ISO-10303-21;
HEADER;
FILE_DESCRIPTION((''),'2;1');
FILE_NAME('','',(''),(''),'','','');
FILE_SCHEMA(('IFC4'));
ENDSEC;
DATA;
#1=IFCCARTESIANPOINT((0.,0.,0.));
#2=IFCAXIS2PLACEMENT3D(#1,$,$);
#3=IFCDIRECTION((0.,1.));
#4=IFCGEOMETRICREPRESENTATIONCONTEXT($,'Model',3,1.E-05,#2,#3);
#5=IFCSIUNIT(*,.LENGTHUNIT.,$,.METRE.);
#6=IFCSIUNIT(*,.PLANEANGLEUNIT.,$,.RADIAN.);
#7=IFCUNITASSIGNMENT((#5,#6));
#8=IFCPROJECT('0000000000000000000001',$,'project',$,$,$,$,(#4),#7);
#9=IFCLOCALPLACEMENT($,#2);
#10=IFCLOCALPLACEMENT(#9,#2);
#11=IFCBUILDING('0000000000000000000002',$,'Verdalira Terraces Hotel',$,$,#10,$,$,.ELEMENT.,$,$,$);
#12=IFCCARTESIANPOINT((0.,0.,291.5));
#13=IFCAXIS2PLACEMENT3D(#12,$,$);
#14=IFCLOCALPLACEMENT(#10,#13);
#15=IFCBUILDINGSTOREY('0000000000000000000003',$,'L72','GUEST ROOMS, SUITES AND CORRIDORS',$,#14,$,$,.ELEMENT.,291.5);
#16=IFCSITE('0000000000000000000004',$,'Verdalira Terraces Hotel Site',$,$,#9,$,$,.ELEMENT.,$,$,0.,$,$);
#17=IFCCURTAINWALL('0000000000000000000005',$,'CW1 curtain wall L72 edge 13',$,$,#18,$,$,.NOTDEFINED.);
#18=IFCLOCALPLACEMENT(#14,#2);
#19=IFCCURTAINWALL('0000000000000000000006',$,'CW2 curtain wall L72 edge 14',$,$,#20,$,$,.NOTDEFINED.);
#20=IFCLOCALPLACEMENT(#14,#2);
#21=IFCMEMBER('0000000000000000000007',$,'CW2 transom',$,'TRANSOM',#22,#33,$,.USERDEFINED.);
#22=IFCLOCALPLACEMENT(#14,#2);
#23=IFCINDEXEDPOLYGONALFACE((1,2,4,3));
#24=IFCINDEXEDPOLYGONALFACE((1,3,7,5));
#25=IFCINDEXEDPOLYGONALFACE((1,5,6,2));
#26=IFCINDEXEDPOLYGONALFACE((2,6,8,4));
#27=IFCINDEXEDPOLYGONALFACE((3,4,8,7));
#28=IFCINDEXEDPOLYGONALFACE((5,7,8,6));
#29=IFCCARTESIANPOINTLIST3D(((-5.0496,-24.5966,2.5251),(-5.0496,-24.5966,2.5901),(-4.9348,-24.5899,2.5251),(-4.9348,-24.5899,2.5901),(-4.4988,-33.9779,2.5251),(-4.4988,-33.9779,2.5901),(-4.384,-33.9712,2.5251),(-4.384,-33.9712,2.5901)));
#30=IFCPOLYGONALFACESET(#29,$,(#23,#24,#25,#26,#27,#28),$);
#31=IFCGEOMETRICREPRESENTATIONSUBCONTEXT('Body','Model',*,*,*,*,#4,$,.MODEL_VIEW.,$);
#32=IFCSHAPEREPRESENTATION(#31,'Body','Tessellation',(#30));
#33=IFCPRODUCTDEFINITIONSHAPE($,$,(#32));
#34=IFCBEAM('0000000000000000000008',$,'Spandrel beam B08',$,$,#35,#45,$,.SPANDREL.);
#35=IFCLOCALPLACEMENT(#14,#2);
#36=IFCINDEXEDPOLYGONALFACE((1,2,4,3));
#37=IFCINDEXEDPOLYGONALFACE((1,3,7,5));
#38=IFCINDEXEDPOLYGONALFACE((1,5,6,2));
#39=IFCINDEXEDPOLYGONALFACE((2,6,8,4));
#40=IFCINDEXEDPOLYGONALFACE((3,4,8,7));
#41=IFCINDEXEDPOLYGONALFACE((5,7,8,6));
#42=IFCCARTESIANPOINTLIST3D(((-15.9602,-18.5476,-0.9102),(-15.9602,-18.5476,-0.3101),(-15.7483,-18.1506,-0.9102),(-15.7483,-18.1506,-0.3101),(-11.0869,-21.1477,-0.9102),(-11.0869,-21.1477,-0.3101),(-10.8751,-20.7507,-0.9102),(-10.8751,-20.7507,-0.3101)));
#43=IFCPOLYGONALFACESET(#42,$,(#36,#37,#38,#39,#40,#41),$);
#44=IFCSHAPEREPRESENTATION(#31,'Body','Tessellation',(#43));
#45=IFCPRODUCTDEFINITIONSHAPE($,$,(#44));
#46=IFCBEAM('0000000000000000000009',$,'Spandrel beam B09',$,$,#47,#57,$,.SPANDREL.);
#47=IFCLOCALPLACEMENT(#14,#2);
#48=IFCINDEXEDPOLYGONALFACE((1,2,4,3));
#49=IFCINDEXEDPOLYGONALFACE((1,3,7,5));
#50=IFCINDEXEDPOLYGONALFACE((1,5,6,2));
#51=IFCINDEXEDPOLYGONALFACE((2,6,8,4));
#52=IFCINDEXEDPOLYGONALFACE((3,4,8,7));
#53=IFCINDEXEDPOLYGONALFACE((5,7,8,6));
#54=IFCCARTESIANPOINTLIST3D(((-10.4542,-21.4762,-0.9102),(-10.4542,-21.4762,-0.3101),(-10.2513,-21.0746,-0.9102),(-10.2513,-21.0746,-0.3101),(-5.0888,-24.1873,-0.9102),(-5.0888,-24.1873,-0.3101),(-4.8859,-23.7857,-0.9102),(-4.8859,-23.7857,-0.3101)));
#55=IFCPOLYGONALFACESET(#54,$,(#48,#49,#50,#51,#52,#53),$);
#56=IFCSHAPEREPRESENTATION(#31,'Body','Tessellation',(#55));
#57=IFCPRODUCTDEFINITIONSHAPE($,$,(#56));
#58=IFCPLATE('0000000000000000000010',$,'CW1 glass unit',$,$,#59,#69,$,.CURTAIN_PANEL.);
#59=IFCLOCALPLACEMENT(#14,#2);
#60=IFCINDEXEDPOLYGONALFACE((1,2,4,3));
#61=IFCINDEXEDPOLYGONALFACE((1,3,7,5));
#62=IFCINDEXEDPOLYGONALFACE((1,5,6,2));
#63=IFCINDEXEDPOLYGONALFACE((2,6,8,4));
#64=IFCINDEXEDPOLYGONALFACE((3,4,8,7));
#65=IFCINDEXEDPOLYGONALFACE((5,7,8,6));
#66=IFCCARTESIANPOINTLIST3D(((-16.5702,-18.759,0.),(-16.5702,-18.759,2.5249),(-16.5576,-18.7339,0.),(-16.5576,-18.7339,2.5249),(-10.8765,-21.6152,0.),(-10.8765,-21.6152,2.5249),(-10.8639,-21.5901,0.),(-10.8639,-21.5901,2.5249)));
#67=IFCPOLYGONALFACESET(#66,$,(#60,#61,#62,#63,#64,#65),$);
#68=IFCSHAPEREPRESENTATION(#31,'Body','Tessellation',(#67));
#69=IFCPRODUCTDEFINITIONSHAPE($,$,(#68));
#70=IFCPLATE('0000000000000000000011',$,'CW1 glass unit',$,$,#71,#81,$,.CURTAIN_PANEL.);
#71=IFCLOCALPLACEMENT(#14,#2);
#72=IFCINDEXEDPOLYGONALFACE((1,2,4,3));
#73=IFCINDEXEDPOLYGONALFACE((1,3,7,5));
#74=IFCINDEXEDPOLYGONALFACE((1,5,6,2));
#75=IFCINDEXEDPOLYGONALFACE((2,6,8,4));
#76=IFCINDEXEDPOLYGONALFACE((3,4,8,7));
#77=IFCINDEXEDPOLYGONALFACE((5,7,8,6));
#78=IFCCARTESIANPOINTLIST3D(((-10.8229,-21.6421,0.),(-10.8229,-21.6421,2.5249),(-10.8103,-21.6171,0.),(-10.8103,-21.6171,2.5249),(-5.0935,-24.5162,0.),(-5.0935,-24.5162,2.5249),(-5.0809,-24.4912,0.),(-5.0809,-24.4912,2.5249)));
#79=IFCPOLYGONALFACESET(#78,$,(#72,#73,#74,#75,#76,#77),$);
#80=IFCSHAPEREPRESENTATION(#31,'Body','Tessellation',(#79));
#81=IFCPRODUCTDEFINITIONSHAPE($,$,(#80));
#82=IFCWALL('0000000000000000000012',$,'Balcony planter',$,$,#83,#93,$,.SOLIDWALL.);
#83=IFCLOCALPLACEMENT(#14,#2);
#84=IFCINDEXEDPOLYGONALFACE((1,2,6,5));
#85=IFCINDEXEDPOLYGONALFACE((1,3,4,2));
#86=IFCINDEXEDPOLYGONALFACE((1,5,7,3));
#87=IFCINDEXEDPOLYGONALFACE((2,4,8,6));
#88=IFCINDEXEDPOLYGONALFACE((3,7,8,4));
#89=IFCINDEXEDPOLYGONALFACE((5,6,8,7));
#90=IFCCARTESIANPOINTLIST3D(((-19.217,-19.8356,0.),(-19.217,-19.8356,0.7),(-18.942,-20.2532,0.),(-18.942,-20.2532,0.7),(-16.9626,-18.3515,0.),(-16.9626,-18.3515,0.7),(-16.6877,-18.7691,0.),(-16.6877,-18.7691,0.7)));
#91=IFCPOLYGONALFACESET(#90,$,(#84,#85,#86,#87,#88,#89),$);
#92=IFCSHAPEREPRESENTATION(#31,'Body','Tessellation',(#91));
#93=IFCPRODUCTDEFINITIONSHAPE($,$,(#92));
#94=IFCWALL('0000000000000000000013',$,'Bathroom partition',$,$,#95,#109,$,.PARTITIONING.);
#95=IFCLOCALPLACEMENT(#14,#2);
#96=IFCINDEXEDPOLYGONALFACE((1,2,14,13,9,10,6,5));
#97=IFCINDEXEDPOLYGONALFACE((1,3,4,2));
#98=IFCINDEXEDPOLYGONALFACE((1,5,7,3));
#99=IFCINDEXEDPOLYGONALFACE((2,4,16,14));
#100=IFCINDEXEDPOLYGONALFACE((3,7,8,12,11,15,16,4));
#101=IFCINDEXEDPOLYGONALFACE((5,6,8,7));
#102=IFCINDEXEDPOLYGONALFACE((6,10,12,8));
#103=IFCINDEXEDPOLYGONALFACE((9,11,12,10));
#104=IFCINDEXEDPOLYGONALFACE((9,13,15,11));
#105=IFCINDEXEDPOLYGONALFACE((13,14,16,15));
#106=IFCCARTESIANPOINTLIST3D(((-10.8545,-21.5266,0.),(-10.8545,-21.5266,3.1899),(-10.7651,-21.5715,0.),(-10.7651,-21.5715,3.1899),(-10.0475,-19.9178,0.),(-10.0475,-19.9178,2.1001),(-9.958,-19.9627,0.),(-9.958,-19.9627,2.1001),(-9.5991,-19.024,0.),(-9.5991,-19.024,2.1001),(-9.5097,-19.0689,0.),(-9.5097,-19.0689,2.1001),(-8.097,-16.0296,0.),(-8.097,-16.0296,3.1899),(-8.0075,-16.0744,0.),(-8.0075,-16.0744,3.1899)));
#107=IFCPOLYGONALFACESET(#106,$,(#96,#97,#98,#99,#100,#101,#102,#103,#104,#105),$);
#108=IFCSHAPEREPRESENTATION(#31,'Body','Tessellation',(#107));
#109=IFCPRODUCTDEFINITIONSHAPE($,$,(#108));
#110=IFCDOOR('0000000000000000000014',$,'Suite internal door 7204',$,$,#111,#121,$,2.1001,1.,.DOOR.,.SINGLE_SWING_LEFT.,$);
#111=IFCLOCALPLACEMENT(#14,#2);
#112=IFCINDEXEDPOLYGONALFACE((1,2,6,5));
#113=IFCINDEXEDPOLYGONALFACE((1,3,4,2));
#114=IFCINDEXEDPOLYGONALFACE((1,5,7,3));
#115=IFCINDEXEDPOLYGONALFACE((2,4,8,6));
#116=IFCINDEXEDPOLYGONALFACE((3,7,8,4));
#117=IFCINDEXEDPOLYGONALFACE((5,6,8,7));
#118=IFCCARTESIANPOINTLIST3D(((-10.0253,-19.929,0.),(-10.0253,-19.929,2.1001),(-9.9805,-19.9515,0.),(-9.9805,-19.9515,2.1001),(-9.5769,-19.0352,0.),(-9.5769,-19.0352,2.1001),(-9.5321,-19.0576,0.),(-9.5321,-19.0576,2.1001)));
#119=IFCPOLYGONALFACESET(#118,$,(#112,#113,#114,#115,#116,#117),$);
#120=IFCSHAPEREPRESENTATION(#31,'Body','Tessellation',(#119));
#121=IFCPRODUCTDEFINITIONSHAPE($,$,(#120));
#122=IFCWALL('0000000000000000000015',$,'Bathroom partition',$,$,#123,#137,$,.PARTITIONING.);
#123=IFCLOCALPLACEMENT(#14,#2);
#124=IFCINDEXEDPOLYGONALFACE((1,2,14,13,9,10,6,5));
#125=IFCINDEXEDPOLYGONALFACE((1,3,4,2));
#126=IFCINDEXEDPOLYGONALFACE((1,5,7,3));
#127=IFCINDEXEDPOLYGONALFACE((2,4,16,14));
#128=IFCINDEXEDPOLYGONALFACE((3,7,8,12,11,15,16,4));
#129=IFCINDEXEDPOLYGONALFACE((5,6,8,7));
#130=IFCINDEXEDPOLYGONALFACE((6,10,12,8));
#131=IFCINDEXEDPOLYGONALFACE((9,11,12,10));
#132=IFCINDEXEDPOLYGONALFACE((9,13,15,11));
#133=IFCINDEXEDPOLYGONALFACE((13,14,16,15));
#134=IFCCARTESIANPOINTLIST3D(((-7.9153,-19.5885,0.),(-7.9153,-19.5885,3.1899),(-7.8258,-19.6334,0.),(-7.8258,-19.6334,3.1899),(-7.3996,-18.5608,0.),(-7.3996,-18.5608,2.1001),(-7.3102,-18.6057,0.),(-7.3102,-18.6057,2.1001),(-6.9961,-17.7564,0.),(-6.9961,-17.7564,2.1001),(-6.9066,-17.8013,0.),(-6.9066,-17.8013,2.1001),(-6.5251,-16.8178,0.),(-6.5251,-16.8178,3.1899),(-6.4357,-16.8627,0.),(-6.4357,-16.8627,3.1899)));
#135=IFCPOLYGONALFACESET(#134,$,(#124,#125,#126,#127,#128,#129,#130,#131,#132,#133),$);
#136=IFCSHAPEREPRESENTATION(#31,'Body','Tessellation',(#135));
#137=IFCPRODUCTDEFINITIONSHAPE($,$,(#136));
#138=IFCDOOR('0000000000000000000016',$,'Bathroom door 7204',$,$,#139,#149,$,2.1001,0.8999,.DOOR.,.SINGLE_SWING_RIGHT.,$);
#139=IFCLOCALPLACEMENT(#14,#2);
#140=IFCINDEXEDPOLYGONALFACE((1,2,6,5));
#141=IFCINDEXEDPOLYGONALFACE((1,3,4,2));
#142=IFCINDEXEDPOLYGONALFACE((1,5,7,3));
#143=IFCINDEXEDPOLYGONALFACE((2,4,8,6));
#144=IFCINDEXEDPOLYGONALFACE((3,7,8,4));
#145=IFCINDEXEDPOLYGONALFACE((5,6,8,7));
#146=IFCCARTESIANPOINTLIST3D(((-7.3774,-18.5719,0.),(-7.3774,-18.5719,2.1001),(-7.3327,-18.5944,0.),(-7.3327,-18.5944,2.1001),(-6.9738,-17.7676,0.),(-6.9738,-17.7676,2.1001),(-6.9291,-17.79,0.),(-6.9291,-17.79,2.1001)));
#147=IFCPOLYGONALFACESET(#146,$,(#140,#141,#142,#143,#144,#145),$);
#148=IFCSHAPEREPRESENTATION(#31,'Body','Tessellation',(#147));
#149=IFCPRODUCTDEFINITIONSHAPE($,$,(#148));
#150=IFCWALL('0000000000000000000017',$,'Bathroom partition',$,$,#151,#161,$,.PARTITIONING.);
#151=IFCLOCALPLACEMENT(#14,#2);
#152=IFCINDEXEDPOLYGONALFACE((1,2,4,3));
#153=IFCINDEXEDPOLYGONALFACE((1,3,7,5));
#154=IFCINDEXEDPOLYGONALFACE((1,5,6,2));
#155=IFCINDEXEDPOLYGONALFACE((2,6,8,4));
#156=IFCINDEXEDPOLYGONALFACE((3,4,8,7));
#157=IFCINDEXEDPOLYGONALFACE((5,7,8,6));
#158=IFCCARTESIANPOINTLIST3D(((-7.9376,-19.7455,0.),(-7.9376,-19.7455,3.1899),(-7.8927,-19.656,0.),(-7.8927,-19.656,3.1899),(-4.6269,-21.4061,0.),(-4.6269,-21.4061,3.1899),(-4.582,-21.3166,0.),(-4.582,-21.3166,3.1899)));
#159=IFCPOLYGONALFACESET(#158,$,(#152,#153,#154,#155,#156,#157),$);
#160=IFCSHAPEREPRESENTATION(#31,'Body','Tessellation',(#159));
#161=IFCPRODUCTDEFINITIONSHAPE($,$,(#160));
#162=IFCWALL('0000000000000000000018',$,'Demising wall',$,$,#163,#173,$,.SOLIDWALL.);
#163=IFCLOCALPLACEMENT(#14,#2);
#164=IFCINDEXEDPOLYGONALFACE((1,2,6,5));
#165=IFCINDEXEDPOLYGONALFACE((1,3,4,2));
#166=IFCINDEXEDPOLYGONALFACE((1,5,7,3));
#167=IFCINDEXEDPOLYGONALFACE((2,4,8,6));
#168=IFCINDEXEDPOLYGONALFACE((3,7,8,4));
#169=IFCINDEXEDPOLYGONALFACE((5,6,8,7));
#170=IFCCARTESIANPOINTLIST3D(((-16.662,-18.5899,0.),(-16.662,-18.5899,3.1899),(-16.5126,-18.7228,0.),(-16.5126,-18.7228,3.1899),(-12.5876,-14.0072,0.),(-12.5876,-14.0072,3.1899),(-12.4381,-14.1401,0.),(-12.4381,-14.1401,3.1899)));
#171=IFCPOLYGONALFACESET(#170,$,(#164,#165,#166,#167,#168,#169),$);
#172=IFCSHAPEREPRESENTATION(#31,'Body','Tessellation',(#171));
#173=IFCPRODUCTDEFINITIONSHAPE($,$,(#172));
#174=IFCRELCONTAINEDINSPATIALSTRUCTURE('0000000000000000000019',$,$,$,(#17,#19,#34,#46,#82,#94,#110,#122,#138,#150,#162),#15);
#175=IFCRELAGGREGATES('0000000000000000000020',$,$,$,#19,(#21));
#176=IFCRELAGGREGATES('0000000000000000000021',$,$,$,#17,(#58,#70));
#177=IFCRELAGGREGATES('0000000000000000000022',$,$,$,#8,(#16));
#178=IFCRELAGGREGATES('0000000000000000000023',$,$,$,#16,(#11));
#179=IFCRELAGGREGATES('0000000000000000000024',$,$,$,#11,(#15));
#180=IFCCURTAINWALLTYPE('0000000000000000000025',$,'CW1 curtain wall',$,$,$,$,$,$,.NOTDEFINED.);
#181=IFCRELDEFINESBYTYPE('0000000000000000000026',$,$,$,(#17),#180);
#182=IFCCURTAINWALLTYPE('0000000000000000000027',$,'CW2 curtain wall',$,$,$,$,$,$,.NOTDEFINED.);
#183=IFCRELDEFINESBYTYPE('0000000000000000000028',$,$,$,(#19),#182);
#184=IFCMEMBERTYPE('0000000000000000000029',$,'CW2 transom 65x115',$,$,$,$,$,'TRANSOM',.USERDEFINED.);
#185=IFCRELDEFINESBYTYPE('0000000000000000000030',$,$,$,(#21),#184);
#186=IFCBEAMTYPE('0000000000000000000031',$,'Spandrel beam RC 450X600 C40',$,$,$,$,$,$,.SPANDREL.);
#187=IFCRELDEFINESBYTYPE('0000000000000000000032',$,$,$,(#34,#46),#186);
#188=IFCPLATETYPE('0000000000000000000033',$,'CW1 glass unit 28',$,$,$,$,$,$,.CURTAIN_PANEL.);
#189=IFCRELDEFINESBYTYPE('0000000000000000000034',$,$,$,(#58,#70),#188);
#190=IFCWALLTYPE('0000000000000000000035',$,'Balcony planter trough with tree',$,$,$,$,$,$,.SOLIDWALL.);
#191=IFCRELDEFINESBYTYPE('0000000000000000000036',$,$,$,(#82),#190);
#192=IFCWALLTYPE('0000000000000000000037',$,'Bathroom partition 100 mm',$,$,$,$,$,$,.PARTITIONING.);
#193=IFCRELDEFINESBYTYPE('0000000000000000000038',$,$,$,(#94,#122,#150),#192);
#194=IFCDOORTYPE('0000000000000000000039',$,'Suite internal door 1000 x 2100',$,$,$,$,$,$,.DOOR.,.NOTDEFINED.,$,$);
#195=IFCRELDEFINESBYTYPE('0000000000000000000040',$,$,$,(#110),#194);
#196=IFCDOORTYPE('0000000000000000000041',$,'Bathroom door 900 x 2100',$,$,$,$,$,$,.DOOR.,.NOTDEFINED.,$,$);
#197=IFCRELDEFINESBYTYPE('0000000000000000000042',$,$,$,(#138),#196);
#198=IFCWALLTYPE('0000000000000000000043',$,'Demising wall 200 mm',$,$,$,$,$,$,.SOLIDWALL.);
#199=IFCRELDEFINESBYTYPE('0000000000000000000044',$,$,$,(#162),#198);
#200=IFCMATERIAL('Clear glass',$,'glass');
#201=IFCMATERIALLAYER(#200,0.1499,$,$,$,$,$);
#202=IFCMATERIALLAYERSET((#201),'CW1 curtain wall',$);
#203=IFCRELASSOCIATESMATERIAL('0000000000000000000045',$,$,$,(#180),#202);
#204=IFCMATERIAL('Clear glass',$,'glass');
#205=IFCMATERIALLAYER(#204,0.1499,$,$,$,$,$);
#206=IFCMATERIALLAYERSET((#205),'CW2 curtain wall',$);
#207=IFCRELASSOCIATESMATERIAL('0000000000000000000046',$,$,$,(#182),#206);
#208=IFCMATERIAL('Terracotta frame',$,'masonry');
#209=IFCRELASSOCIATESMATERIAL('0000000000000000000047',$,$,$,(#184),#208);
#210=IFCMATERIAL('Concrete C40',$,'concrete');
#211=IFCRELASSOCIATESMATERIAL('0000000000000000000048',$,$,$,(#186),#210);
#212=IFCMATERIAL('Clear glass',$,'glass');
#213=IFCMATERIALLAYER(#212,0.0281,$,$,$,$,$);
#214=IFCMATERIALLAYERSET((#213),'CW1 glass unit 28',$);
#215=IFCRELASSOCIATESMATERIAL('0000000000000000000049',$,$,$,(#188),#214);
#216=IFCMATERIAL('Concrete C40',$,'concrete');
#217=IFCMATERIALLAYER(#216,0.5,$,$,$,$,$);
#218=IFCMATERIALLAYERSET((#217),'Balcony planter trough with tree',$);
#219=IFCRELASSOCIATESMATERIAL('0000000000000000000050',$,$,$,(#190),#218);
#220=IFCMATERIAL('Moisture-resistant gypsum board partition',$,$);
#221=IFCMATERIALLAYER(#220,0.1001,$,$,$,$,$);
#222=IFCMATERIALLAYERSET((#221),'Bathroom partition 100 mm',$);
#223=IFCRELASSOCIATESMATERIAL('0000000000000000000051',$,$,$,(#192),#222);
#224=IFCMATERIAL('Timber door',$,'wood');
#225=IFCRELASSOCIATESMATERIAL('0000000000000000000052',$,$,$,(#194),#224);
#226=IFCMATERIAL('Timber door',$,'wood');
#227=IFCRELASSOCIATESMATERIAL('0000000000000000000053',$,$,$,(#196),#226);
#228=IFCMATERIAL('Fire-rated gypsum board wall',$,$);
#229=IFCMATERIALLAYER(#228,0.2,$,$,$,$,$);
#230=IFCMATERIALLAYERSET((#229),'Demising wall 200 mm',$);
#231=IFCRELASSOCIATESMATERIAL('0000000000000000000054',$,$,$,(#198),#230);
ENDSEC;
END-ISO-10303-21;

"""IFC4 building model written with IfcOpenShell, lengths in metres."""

from ifc_helpers import new_model, si_unit, direction, frame, frame_2d, origin, origin_2d, place, context, subcontext, project, spatial, rectangle, extrude, material, layer, layer_set, material_profile, profile_set, type_object, element, fill, aggregate, save


model = new_model("IFC4")

# Units and contexts
model_context = context("Model", 3, precision=1e-05, world=origin(), true_north=direction((0.0, 1.0)))
body_context = subcontext(model_context, "Body", "Model", "MODEL_VIEW")
ifc_project = project(units=[si_unit("LENGTHUNIT", "METRE"), si_unit("PLANEANGLEUNIT", "RADIAN")], contexts=[model_context])

# Site, building, storey
site_placement = place(None, origin())
site = spatial("IfcSite", under=ifc_project, at=site_placement, Name="Verdalira Terraces Hotel Site", CompositionType="ELEMENT", RefElevation=0.0)
building_placement = place(site_placement, origin())
building = spatial("IfcBuilding", under=site, at=building_placement, Name="Verdalira Terraces Hotel", CompositionType="ELEMENT")
storey_placement = place(building_placement, frame((0.0, 0.0, 291.5)))
storey = spatial("IfcBuildingStorey", under=building, at=storey_placement, Name="L72", Description="GUEST ROOMS, SUITES AND CORRIDORS", CompositionType="ELEMENT", Elevation=291.5)

# Shared definitions
ifc_material_1 = material(Name="Clear glass", Category="glass")
ifc_layer_1 = layer(ifc_material_1, 0.1499)
ifc_layer_set_1 = layer_set([ifc_layer_1], Name="CW1 curtain wall")
curtain_wall_type_1 = type_object("IfcCurtainWallType", Name="CW1 curtain wall", PredefinedType="NOTDEFINED", material=ifc_layer_set_1)

# Curtain walls, member
curtain_wall_1_placement = place(storey_placement, origin())
curtain_wall_1 = element("IfcCurtainWall", 1, at=curtain_wall_1_placement, inside=storey, type_object=curtain_wall_type_1, Name="CW1 curtain wall L72 edge 13", PredefinedType="NOTDEFINED")
ifc_material_2 = material(Name="Clear glass", Category="glass")
ifc_layer_2 = layer(ifc_material_2, 0.1499)
ifc_layer_set_2 = layer_set([ifc_layer_2], Name="CW2 curtain wall")
curtain_wall_type_2 = type_object("IfcCurtainWallType", Name="CW2 curtain wall", PredefinedType="NOTDEFINED", material=ifc_layer_set_2)
curtain_wall_2_placement = place(storey_placement, origin())
curtain_wall_2 = element("IfcCurtainWall", 2, at=curtain_wall_2_placement, inside=storey, type_object=curtain_wall_type_2, Name="CW2 curtain wall L72 edge 14", PredefinedType="NOTDEFINED")
ifc_material_3 = material(Name="Terracotta frame", Category="masonry")
ifc_material_profile_1 = material_profile(ifc_material_3, rectangle(XDim=0.115, YDim=0.0649, at=origin_2d()), Name="TR 65x115")
ifc_profile_set_1 = profile_set([ifc_material_profile_1], Name="Terracotta frame")
member_type_1 = type_object("IfcMemberType", Name="CW2 transom 65x115", ElementType="TRANSOM", PredefinedType="USERDEFINED", material=ifc_profile_set_1)
member_1_placement = place(storey_placement, frame((-4.9922, -24.5933, 2.5576), z_axis=(0.058609, -0.998281, 0.0), x_axis=(0.998281, 0.058609, 0.0)))
member_1 = element("IfcMember", 3, at=member_1_placement, type_object=member_type_1, Name="CW2 transom", ObjectType="TRANSOM", PredefinedType="USERDEFINED", context=body_context, shape_type="SweptSolid", body=[
    extrude(rectangle(XDim=0.115, YDim=0.0649, at=origin_2d()), origin(), (0.0, 0.0, 1.0), 9.3975),
])
aggregate(curtain_wall_2, [member_1])

# Beams
ifc_material_4 = material(Name="Concrete C40", Category="concrete")
ifc_material_profile_2 = material_profile(ifc_material_4, rectangle(XDim=0.45, YDim=0.6001, at=origin_2d()), Name="RC 450X600")
ifc_profile_set_2 = profile_set([ifc_material_profile_2], Name="Concrete C40")
beam_type_1 = type_object("IfcBeamType", Name="Spandrel beam RC 450X600 C40", PredefinedType="SPANDREL", material=ifc_profile_set_2)
beam_1_placement = place(storey_placement, frame((-15.8542, -18.3491, -0.6101), z_axis=(0.882277, -0.47073, 0.0), x_axis=(0.47073, 0.882277, 0.0)))
element("IfcBeam", 4, at=beam_1_placement, inside=storey, type_object=beam_type_1, Name="Spandrel beam B08", PredefinedType="SPANDREL", context=body_context, shape_type="SweptSolid", body=[
    extrude(rectangle(XDim=0.45, YDim=0.6001, at=origin_2d()), origin(), (0.0, 0.0, 1.0), 5.5234),
])
beam_2_placement = place(storey_placement, frame((-10.3528, -21.2754, -0.6101), z_axis=(0.892527, -0.450995, 0.0), x_axis=(0.450995, 0.892527, 0.0)))
element("IfcBeam", 5, at=beam_2_placement, inside=storey, type_object=beam_type_1, Name="Spandrel beam B09", PredefinedType="SPANDREL", context=body_context, shape_type="SweptSolid", body=[
    extrude(rectangle(XDim=0.45, YDim=0.6001, at=origin_2d()), origin(), (0.0, 0.0, 1.0), 6.0115),
])

# Plates
ifc_material_5 = material(Name="Clear glass", Category="glass")
ifc_layer_3 = layer(ifc_material_5, 0.0281)
ifc_layer_set_3 = layer_set([ifc_layer_3], Name="CW1 glass unit 28")
plate_type = type_object("IfcPlateType", Name="CW1 glass unit 28", PredefinedType="CURTAIN_PANEL", material=ifc_layer_set_3)
plate_1_placement = place(storey_placement, frame((-13.717, -20.1746, 0.0), z_axis=(0.0, 0.0, 1.0), x_axis=(0.893841, -0.448383, 0.0)))
plate_1 = element("IfcPlate", 6, at=plate_1_placement, type_object=plate_type, Name="CW1 glass unit", PredefinedType="CURTAIN_PANEL", context=body_context, shape_type="SweptSolid", body=[
    extrude(rectangle(XDim=6.3699, YDim=0.0281, at=origin_2d()), origin(), (0.0, 0.0, 1.0), 2.5249),
])
plate_2_placement = place(storey_placement, frame((-7.9519, -23.0666, 0.0), z_axis=(0.0, 0.0, 1.0), x_axis=(0.893841, -0.448383, 0.0)))
plate_2 = element("IfcPlate", 7, at=plate_2_placement, type_object=plate_type, Name="CW1 glass unit", PredefinedType="CURTAIN_PANEL", context=body_context, shape_type="SweptSolid", body=[
    extrude(rectangle(XDim=6.4099, YDim=0.0281, at=origin_2d()), origin(), (0.0, 0.0, 1.0), 2.5249),
])
aggregate(curtain_wall_1, [plate_1, plate_2])

# Wall
ifc_material_6 = material(Name="Concrete C40", Category="concrete")
ifc_layer_4 = layer(ifc_material_6, 0.5)
ifc_layer_set_4 = layer_set([ifc_layer_4], Name="Balcony planter trough with tree")
wall_type_1 = type_object("IfcWallType", Name="Balcony planter trough with tree", PredefinedType="SOLIDWALL", material=ifc_layer_set_4)
wall_1_placement = place(storey_placement, frame((-19.0796, -20.0444, 0.0), z_axis=(0.0, 0.0, 1.0), x_axis=(0.835251, 0.549869, 0.0)))
element("IfcWall", 8, at=wall_1_placement, inside=storey, type_object=wall_type_1, Name="Balcony planter", PredefinedType="SOLIDWALL", context=body_context, shape_type="SweptSolid", body=[
    extrude(rectangle(XDim=2.699, YDim=0.5, at=frame_2d((1.3496, 0.0))), origin(), (0.0, 0.0, 1.0), 0.7),
])

# Walls, openings, doors
ifc_material_7 = material(Name="Moisture-resistant gypsum board partition")
ifc_layer_5 = layer(ifc_material_7, 0.1001)
ifc_layer_set_5 = layer_set([ifc_layer_5], Name="Bathroom partition 100 mm")
wall_type_2 = type_object("IfcWallType", Name="Bathroom partition 100 mm", PredefinedType="PARTITIONING", material=ifc_layer_set_5)
wall_2_placement = place(storey_placement, frame((-8.0522, -16.052, 0.0), z_axis=(0.0, 0.0, 1.0), x_axis=(-0.448388, -0.893839, 0.0)))
wall_2 = element("IfcWall", 9, at=wall_2_placement, inside=storey, type_object=wall_type_2, Name="Bathroom partition", PredefinedType="PARTITIONING", context=body_context, shape_type="SweptSolid", body=[
    extrude(rectangle(XDim=6.1499, YDim=0.1001, at=frame_2d((3.075, 0.0))), origin(), (0.0, 0.0, 1.0), 3.1899),
])
opening_1_placement = place(wall_2_placement, frame((3.3501, 0.0, 0.0)))
opening_1 = element("IfcOpeningElement", 10, at=opening_1_placement, cuts=wall_2, PredefinedType="OPENING", context=body_context, shape_type="SweptSolid", body=[
    extrude(rectangle(XDim=1.0, YDim=2.1001, at=frame_2d((0.5, 1.05))), frame((0.0, 0.0601, 0.0), z_axis=(0.0, -1.0, 0.0), x_axis=(1.0, 0.0, 0.0)), (0.0, 0.0, 1.0), 0.1201),
])
ifc_material_8 = material(Name="Timber door", Category="wood")
door_type_1 = type_object("IfcDoorType", Name="Suite internal door 1000 x 2100", OperationType="NOTDEFINED", PredefinedType="DOOR", material=ifc_material_8)
door_1_placement = place(opening_1_placement, origin())
door_1 = element("IfcDoor", 11, at=door_1_placement, inside=storey, type_object=door_type_1, Name="Suite internal door 7204", OperationType="SINGLE_SWING_LEFT", OverallHeight=2.1001, OverallWidth=1.0, PredefinedType="DOOR", context=body_context, shape_type="SweptSolid", body=[
    extrude(rectangle(XDim=1.0, YDim=2.1001, at=frame_2d((0.5, 1.05))), frame((0.0, 0.0249, 0.0), z_axis=(0.0, -1.0, 0.0), x_axis=(1.0, 0.0, 0.0)), (0.0, 0.0, 1.0), 0.05),
])
fill(opening_1, door_1)
wall_3_placement = place(storey_placement, frame((-6.4805, -16.8403, 0.0), z_axis=(0.0, 0.0, 1.0), x_axis=(-0.448442, -0.893812, 0.0)))
wall_3 = element("IfcWall", 12, at=wall_3_placement, inside=storey, type_object=wall_type_2, Name="Bathroom partition", PredefinedType="PARTITIONING", context=body_context, shape_type="SweptSolid", body=[
    extrude(rectangle(XDim=3.0999, YDim=0.1001, at=frame_2d((1.5498, 0.0))), origin(), (0.0, 0.0, 1.0), 3.1899),
])
opening_2_placement = place(wall_3_placement, frame((1.05, 0.0, 0.0)))
opening_2 = element("IfcOpeningElement", 13, at=opening_2_placement, cuts=wall_3, PredefinedType="OPENING", context=body_context, shape_type="SweptSolid", body=[
    extrude(rectangle(XDim=0.8999, YDim=2.1001, at=frame_2d((0.45, 1.05))), frame((0.0, 0.0601, 0.0), z_axis=(0.0, -1.0, 0.0), x_axis=(1.0, 0.0, 0.0)), (0.0, 0.0, 1.0), 0.1201),
])
ifc_material_9 = material(Name="Timber door", Category="wood")
door_type_2 = type_object("IfcDoorType", Name="Bathroom door 900 x 2100", OperationType="NOTDEFINED", PredefinedType="DOOR", material=ifc_material_9)
door_2_placement = place(opening_2_placement, origin())
door_2 = element("IfcDoor", 14, at=door_2_placement, inside=storey, type_object=door_type_2, Name="Bathroom door 7204", OperationType="SINGLE_SWING_RIGHT", OverallHeight=2.1001, OverallWidth=0.8999, PredefinedType="DOOR", context=body_context, shape_type="SweptSolid", body=[
    extrude(rectangle(XDim=0.8999, YDim=2.1001, at=frame_2d((0.45, 1.05))), frame((0.0, 0.0249, 0.0), z_axis=(0.0, -1.0, 0.0), x_axis=(1.0, 0.0, 0.0)), (0.0, 0.0, 1.0), 0.05),
])
fill(opening_2, door_2)

# Walls
wall_4_placement = place(storey_placement, frame((-7.9153, -19.7007, 0.0), z_axis=(0.0, 0.0, 1.0), x_axis=(0.89386, -0.448347, 0.0)))
element("IfcWall", 15, at=wall_4_placement, inside=storey, type_object=wall_type_2, Name="Bathroom partition", PredefinedType="PARTITIONING", context=body_context, shape_type="SweptSolid", body=[
    extrude(rectangle(XDim=3.7039, YDim=0.1001, at=frame_2d((1.8521, 0.0))), origin(), (0.0, 0.0, 1.0), 3.1899),
])
ifc_material_10 = material(Name="Fire-rated gypsum board wall")
ifc_layer_6 = layer(ifc_material_10, 0.2)
ifc_layer_set_6 = layer_set([ifc_layer_6], Name="Demising wall 200 mm")
wall_type_3 = type_object("IfcWallType", Name="Demising wall 200 mm", PredefinedType="SOLIDWALL", material=ifc_layer_set_6)
wall_5_placement = place(storey_placement, frame((-12.5129, -14.0737, 0.0), z_axis=(0.0, 0.0, 1.0), x_axis=(-0.664445, -0.747337, 0.0)))
element("IfcWall", 16, at=wall_5_placement, inside=storey, type_object=wall_type_3, Name="Demising wall", PredefinedType="SOLIDWALL", context=body_context, shape_type="SweptSolid", body=[
    extrude(rectangle(XDim=6.1321, YDim=0.2, at=frame_2d((3.0659, 0.0))), origin(), (0.0, 0.0, 1.0), 3.1899),
])

save(model, "model.ifc")
